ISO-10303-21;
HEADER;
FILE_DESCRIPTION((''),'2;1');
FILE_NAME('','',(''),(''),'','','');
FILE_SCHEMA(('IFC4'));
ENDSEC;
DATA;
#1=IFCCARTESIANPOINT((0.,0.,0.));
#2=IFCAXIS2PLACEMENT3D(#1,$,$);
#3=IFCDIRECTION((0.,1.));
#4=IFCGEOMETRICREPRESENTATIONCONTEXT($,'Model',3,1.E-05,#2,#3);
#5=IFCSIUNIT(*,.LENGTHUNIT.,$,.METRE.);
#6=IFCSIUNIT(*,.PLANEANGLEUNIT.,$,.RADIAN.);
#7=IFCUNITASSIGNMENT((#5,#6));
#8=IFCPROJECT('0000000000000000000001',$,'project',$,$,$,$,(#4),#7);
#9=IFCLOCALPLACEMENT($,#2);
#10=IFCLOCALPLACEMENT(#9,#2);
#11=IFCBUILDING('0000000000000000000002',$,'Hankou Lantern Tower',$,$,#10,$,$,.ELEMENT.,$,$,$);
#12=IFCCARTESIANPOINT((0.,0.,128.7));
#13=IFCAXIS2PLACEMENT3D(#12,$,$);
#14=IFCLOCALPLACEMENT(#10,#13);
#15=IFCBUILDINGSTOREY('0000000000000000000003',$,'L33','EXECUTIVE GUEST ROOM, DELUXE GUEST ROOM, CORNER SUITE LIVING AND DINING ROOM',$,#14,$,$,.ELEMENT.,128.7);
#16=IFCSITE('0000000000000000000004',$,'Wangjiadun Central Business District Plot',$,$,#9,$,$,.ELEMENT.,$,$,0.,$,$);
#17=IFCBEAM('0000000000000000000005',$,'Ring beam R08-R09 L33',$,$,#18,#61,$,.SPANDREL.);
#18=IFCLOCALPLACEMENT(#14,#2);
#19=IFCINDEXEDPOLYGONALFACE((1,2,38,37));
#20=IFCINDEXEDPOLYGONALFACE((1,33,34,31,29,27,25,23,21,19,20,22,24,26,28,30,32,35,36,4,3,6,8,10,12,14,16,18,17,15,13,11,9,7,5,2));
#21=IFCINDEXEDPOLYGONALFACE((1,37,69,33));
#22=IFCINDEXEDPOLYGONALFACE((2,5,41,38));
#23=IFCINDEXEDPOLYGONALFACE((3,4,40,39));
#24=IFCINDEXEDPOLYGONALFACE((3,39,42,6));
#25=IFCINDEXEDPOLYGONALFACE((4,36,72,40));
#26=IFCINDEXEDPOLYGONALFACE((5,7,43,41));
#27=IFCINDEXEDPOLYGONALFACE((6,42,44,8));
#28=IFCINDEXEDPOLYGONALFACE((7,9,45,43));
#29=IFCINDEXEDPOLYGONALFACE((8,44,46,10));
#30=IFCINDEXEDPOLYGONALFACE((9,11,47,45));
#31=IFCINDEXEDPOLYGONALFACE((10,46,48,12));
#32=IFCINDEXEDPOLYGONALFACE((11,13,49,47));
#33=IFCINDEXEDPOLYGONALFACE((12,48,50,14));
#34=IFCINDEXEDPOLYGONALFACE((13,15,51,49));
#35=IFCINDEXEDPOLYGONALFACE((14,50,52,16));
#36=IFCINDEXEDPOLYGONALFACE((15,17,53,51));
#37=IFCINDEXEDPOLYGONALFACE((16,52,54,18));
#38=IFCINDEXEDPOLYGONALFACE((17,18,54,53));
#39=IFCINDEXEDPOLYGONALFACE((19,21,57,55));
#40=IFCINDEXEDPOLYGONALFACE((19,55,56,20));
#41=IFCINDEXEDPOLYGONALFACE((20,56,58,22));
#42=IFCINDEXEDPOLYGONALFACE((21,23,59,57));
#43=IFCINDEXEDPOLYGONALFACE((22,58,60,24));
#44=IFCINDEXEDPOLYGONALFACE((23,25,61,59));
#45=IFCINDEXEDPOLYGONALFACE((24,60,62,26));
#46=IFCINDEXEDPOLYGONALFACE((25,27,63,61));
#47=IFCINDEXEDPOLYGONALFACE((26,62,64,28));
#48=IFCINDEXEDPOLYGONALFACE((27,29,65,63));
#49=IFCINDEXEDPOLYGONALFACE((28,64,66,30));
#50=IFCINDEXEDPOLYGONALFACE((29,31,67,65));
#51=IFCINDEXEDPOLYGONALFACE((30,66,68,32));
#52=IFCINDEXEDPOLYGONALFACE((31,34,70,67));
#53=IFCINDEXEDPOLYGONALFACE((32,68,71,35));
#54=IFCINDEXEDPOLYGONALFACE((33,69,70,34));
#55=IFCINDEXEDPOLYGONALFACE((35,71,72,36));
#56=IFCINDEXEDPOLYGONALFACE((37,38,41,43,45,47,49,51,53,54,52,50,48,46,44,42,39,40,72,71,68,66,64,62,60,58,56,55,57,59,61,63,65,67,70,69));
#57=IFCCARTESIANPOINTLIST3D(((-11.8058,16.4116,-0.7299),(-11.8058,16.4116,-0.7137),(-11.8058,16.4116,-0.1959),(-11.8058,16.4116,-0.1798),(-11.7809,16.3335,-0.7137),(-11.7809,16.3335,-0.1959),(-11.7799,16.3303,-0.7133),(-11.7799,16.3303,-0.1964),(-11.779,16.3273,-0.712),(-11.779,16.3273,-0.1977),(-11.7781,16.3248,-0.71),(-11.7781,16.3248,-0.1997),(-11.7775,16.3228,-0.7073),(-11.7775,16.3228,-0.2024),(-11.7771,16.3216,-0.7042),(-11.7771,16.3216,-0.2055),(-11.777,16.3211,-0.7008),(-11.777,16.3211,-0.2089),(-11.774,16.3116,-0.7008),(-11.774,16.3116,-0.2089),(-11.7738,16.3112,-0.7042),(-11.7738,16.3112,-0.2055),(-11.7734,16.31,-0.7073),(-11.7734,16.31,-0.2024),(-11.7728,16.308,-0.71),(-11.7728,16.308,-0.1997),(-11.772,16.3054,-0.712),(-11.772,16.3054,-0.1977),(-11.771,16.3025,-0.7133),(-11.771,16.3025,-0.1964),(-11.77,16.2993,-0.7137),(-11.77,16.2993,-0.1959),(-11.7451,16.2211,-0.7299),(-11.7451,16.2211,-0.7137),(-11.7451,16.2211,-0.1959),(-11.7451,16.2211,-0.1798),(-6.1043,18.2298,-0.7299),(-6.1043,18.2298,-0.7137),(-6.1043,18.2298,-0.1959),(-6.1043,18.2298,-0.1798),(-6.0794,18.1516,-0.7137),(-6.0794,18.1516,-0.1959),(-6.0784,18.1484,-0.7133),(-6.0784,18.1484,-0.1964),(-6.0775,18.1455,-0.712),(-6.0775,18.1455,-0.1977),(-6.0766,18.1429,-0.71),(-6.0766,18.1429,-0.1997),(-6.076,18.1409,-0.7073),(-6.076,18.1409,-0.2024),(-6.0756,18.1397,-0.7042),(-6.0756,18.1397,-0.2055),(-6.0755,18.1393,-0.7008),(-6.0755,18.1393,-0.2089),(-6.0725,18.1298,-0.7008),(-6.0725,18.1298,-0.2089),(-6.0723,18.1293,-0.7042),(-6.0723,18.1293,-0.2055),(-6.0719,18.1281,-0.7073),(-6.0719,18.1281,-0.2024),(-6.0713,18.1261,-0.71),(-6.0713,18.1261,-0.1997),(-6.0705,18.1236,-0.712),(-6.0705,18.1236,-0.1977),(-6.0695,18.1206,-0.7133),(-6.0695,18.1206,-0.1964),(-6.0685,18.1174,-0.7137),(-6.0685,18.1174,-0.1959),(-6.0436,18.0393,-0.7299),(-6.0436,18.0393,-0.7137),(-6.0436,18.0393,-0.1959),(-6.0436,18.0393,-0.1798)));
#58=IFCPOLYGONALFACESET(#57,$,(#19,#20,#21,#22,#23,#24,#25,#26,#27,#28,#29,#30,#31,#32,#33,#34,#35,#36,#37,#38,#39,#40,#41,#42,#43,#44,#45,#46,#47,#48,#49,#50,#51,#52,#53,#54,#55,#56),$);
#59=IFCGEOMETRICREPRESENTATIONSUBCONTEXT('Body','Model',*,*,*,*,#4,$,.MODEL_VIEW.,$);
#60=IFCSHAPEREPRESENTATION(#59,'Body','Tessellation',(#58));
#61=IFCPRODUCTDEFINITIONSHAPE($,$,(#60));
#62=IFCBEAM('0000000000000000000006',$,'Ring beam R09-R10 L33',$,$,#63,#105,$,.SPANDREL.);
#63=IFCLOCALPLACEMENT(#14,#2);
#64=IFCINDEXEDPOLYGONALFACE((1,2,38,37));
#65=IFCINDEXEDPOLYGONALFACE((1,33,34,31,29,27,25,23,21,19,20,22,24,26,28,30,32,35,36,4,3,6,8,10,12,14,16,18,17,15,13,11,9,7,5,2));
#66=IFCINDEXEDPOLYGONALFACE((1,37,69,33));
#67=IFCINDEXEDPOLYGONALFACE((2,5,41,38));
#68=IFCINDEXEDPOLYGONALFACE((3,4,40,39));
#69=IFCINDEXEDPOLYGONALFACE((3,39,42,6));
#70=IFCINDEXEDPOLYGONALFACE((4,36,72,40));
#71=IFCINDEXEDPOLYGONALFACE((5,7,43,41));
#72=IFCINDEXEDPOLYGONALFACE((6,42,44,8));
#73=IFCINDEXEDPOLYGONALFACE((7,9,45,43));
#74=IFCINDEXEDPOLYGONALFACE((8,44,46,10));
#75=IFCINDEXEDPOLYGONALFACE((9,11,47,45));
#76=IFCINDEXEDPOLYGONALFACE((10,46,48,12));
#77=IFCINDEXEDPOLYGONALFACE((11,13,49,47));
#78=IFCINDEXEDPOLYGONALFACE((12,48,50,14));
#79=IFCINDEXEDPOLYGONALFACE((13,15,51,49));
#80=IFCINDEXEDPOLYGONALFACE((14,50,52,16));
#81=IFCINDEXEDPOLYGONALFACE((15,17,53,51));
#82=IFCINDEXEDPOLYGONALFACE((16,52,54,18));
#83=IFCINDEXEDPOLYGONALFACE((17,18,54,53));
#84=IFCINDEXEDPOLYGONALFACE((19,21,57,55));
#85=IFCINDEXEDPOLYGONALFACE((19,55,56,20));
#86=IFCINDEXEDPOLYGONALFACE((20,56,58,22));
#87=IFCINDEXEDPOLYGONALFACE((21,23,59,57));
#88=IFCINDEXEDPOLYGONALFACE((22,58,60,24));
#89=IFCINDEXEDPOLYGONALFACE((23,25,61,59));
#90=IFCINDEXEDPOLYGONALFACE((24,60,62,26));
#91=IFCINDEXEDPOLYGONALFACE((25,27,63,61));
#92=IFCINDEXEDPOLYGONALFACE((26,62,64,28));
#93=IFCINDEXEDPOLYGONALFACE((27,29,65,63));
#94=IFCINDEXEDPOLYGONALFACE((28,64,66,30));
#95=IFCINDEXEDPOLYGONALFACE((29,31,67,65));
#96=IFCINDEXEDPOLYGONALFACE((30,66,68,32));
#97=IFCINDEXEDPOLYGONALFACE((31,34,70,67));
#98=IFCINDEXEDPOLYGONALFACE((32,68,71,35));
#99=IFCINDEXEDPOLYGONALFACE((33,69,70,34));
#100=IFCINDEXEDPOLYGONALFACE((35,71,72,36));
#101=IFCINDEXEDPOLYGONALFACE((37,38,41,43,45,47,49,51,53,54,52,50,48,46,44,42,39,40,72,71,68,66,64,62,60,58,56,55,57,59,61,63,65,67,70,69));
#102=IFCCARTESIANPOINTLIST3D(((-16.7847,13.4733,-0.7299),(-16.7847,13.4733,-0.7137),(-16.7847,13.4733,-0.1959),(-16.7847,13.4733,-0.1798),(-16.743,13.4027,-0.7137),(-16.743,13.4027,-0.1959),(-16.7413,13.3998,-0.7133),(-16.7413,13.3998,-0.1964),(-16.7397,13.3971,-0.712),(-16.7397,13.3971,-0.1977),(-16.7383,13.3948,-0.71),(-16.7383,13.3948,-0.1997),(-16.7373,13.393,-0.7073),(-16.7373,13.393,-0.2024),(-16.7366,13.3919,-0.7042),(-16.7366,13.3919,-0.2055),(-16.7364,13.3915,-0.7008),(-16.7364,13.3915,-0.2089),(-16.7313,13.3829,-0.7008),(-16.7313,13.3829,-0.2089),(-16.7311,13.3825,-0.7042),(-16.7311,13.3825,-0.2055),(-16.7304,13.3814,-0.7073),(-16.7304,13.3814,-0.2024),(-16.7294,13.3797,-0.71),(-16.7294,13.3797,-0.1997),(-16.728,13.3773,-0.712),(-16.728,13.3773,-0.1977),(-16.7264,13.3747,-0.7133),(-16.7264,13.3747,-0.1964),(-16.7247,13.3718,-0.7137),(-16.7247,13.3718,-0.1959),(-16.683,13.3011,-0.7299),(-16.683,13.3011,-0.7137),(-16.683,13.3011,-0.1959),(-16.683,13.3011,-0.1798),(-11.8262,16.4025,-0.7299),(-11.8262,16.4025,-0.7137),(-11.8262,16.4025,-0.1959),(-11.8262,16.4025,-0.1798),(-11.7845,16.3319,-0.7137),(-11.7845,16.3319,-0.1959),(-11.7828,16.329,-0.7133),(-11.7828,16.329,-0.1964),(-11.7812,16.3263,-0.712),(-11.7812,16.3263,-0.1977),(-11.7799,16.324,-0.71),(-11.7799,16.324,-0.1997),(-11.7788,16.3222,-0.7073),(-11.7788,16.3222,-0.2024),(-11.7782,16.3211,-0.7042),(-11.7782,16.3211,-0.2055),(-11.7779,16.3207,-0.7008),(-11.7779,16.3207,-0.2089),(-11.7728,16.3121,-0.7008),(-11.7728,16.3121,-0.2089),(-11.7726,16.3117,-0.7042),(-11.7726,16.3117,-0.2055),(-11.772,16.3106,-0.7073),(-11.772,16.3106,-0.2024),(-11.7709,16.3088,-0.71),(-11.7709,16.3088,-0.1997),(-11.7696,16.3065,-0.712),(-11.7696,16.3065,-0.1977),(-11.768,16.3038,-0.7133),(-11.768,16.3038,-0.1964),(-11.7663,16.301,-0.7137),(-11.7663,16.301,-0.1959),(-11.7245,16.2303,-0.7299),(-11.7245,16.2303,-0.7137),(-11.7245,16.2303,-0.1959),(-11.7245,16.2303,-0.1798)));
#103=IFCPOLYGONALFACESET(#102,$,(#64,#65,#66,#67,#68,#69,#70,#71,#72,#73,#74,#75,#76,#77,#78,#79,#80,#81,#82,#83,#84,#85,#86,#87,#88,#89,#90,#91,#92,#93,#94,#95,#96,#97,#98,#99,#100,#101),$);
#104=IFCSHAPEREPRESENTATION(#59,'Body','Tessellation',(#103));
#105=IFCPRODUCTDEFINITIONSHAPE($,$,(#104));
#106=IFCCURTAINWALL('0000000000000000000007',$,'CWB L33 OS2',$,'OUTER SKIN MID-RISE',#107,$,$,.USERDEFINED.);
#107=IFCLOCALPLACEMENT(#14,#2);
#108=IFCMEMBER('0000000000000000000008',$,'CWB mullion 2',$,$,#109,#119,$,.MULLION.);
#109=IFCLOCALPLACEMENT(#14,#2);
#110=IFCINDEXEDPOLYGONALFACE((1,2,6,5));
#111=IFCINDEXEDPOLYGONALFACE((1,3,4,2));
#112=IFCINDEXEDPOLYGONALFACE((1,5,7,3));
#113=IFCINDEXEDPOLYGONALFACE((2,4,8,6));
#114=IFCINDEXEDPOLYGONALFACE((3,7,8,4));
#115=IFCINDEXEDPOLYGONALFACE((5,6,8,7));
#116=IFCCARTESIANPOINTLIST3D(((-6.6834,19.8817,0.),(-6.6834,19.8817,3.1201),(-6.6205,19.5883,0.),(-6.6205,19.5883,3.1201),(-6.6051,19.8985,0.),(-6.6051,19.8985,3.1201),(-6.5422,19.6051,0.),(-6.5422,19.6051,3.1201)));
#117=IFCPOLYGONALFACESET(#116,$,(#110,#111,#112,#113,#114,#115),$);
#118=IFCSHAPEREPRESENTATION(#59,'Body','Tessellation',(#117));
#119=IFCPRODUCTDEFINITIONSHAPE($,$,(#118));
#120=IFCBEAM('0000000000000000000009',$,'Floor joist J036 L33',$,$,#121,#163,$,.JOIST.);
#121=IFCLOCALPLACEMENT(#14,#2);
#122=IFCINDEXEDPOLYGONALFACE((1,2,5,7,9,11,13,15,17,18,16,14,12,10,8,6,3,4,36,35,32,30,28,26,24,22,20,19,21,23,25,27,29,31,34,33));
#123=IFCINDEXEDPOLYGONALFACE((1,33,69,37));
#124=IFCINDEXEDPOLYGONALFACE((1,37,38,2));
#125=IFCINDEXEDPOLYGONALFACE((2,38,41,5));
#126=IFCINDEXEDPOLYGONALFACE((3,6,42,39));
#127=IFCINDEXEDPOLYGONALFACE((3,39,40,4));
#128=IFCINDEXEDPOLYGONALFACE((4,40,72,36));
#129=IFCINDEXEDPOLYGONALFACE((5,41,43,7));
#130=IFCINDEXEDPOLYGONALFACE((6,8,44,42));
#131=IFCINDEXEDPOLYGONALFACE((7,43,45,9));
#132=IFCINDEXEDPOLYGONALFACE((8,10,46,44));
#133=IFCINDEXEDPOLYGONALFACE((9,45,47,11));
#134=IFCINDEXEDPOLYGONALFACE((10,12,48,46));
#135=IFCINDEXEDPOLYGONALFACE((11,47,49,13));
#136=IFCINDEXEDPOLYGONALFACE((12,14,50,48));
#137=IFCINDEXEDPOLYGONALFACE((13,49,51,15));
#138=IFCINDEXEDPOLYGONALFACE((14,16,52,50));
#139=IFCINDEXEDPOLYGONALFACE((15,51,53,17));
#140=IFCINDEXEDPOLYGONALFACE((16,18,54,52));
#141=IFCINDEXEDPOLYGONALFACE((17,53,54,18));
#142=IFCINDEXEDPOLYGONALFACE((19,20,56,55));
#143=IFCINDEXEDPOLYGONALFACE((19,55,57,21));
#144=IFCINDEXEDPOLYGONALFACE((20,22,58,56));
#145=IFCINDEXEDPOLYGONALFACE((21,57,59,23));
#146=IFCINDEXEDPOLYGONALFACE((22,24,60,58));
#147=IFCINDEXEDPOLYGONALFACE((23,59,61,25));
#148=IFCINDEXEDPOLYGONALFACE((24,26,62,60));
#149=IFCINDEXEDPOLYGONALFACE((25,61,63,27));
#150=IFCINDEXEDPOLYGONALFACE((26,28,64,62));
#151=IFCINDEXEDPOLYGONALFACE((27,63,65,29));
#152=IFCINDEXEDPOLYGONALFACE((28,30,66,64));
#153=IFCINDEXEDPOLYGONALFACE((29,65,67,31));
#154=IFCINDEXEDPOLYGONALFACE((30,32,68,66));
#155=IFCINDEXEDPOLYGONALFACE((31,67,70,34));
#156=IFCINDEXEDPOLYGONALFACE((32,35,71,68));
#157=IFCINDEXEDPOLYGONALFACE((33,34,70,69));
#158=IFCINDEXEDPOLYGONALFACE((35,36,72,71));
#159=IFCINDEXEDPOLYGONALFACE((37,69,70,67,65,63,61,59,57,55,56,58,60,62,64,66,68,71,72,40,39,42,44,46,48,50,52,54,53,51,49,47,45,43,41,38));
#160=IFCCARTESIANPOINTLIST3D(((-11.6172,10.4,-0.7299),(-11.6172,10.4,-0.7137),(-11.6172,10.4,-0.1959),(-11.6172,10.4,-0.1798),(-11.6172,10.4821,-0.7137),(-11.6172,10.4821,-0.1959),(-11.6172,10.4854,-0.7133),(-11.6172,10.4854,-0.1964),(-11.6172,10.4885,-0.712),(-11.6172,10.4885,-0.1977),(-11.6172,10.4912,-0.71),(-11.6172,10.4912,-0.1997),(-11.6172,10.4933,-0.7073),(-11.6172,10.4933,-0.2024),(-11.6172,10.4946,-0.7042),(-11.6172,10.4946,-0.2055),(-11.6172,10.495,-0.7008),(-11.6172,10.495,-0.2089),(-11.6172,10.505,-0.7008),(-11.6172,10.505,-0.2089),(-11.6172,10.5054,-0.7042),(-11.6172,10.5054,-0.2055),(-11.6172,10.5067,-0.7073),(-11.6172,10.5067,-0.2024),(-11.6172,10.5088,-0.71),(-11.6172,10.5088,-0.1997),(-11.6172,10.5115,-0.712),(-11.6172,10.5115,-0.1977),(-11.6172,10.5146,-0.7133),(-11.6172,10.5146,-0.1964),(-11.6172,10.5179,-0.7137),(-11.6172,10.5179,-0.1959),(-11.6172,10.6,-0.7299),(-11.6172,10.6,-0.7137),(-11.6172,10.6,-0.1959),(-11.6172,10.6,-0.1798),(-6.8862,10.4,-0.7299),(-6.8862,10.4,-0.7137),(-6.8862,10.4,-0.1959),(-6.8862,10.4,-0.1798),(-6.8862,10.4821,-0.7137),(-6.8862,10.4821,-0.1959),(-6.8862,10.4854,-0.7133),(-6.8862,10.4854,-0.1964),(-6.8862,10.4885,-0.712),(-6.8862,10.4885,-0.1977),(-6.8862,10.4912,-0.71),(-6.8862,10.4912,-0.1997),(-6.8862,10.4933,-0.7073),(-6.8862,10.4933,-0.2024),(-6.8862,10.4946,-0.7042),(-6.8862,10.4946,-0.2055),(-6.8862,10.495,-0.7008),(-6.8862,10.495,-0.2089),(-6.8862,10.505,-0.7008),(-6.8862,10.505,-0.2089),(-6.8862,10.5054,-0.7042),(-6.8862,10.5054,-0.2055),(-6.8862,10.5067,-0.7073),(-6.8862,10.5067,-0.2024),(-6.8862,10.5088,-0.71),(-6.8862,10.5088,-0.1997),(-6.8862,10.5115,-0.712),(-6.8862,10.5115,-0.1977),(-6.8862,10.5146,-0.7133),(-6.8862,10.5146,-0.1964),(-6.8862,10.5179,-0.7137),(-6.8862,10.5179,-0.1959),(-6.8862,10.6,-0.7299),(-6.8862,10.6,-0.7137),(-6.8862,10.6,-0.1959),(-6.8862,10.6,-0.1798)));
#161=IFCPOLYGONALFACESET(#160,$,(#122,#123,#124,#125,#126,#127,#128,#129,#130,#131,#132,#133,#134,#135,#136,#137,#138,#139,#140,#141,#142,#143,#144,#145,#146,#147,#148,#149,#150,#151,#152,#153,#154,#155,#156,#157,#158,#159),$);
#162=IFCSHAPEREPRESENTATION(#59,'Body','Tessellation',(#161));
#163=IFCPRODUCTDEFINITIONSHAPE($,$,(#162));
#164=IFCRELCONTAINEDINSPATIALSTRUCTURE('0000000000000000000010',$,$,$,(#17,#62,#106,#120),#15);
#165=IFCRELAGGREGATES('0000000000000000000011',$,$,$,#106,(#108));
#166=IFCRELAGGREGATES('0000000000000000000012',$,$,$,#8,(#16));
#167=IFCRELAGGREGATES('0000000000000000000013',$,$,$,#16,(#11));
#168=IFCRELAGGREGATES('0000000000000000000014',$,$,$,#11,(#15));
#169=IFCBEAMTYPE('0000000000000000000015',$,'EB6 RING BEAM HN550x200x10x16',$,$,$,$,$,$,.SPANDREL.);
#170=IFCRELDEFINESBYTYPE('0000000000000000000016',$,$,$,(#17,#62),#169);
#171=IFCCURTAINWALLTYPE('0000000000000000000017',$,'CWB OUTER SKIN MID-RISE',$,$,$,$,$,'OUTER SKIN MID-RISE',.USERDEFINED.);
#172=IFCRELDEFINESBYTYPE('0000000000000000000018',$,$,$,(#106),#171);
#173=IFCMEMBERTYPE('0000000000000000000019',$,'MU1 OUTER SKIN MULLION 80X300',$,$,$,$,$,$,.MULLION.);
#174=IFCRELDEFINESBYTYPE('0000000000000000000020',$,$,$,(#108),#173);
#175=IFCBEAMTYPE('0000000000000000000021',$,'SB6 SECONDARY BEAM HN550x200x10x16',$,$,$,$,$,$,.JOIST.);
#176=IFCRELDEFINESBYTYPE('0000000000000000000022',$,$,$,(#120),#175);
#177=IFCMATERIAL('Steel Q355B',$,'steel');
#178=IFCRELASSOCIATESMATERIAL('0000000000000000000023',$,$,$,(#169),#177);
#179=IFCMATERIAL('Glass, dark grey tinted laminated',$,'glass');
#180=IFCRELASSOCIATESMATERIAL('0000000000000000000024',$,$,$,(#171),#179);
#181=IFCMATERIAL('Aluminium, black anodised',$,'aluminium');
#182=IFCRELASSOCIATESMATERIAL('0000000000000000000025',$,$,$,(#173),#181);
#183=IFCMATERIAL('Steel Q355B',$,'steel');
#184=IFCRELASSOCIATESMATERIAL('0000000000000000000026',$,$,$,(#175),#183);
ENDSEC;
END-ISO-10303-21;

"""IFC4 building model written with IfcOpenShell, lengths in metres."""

from ifc_helpers import new_model, si_unit, direction, frame, origin, origin_2d, place, context, subcontext, project, spatial, rectangle, i_section, extrude, material, material_profile, profile_set, type_object, element, aggregate, save


model = new_model("IFC4")

# Units and contexts
model_context = context("Model", 3, precision=1e-05, world=origin(), true_north=direction((0.0, 1.0)))
body_context = subcontext(model_context, "Body", "Model", "MODEL_VIEW")
ifc_project = project(units=[si_unit("LENGTHUNIT", "METRE"), si_unit("PLANEANGLEUNIT", "RADIAN")], contexts=[model_context])

# Site, building, storey
site_placement = place(None, origin())
site = spatial("IfcSite", under=ifc_project, at=site_placement, Name="Wangjiadun Central Business District Plot", CompositionType="ELEMENT", RefElevation=0.0)
building_placement = place(site_placement, origin())
building = spatial("IfcBuilding", under=site, at=building_placement, Name="Hankou Lantern Tower", CompositionType="ELEMENT")
storey_placement = place(building_placement, frame((0.0, 0.0, 128.7)))
storey = spatial("IfcBuildingStorey", under=building, at=storey_placement, Name="L33", Description="EXECUTIVE GUEST ROOM, DELUXE GUEST ROOM, CORNER SUITE LIVING AND DINING ROOM", CompositionType="ELEMENT", Elevation=128.7)

# Beams
ifc_material_1 = material(Name="Steel Q355B", Category="steel")
ifc_material_profile_1 = material_profile(ifc_material_1, i_section(OverallWidth=0.2, OverallDepth=0.55, WebThickness=0.01, FlangeThickness=0.0161, FilletRadius=0.0129, at=origin_2d()), Name="HN550x200x10x16")
ifc_profile_set_1 = profile_set([ifc_material_profile_1], Name="Steel Q355B")
beam_type_1 = type_object("IfcBeamType", Name="EB6 RING BEAM HN550x200x10x16", PredefinedType="SPANDREL", material=ifc_profile_set_1)
beam_1_placement = place(storey_placement, frame((-6.074, 18.1345, -0.4548), z_axis=(-0.952731, -0.303815, 0.0), x_axis=(0.303815, -0.952731, 0.0)))
element("IfcBeam", 1, at=beam_1_placement, inside=storey, type_object=beam_type_1, Name="Ring beam R08-R09 L33", PredefinedType="SPANDREL", context=body_context, shape_type="SweptSolid", body=[
    extrude(i_section(OverallWidth=0.2, OverallDepth=0.55, WebThickness=0.01, FlangeThickness=0.0161, FilletRadius=0.0129, at=origin_2d()), origin(), (0.0, 0.0, 1.0), 5.9844),
])
beam_2_placement = place(storey_placement, frame((-11.7754, 16.3164, -0.4548), z_axis=(-0.860989, -0.508624, 0.0), x_axis=(0.508624, -0.860989, 0.0)))
element("IfcBeam", 2, at=beam_2_placement, inside=storey, type_object=beam_type_1, Name="Ring beam R09-R10 L33", PredefinedType="SPANDREL", context=body_context, shape_type="SweptSolid", body=[
    extrude(i_section(OverallWidth=0.2, OverallDepth=0.55, WebThickness=0.01, FlangeThickness=0.0161, FilletRadius=0.0129, at=origin_2d()), origin(), (0.0, 0.0, 1.0), 5.759),
])

# Curtain wall, member
ifc_material_2 = material(Name="Glass, dark grey tinted laminated", Category="glass")
curtain_wall_type = type_object("IfcCurtainWallType", Name="CWB OUTER SKIN MID-RISE", ElementType="OUTER SKIN MID-RISE", PredefinedType="USERDEFINED", material=ifc_material_2)
curtain_wall_placement = place(storey_placement, origin())
curtain_wall = element("IfcCurtainWall", 3, at=curtain_wall_placement, inside=storey, type_object=curtain_wall_type, Name="CWB L33 OS2", ObjectType="OUTER SKIN MID-RISE", PredefinedType="USERDEFINED")
ifc_material_3 = material(Name="Aluminium, black anodised", Category="aluminium")
ifc_material_profile_2 = material_profile(ifc_material_3, rectangle(XDim=0.0801, YDim=0.3, at=origin_2d()), Name="MU1 80X300")
ifc_profile_set_2 = profile_set([ifc_material_profile_2], Name="Aluminium, black anodised")
member_type_1 = type_object("IfcMemberType", Name="MU1 OUTER SKIN MULLION 80X300", PredefinedType="MULLION", material=ifc_profile_set_2)
member_1_placement = place(storey_placement, frame((-6.6128, 19.7434, 0.0), z_axis=(0.0, 0.0, 1.0), x_axis=(-0.977788, -0.209598, 0.0)))
member_1 = element("IfcMember", 4, at=member_1_placement, type_object=member_type_1, Name="CWB mullion 2", PredefinedType="MULLION", context=body_context, shape_type="SweptSolid", body=[
    extrude(rectangle(XDim=0.0801, YDim=0.3, at=origin_2d()), origin(), (0.0, 0.0, 1.0), 3.1201),
])

# Beam
ifc_material_4 = material(Name="Steel Q355B", Category="steel")
ifc_material_profile_3 = material_profile(ifc_material_4, i_section(OverallWidth=0.2, OverallDepth=0.55, WebThickness=0.01, FlangeThickness=0.0161, FilletRadius=0.0129, at=origin_2d()), Name="HN550x200x10x16")
ifc_profile_set_3 = profile_set([ifc_material_profile_3], Name="Steel Q355B")
beam_type_2 = type_object("IfcBeamType", Name="SB6 SECONDARY BEAM HN550x200x10x16", PredefinedType="JOIST", material=ifc_profile_set_3)
beam_3_placement = place(storey_placement, frame((-11.6172, 10.5, -0.4548), z_axis=(1.0, 0.0, 0.0), x_axis=(0.0, 1.0, 0.0)))
element("IfcBeam", 5, at=beam_3_placement, inside=storey, type_object=beam_type_2, Name="Floor joist J036 L33", PredefinedType="JOIST", context=body_context, shape_type="SweptSolid", body=[
    extrude(i_section(OverallWidth=0.2, OverallDepth=0.55, WebThickness=0.01, FlangeThickness=0.0161, FilletRadius=0.0129, at=origin_2d()), origin(), (0.0, 0.0, 1.0), 4.731),
])

aggregate(curtain_wall, [member_1])

save(model, "model.ifc")
